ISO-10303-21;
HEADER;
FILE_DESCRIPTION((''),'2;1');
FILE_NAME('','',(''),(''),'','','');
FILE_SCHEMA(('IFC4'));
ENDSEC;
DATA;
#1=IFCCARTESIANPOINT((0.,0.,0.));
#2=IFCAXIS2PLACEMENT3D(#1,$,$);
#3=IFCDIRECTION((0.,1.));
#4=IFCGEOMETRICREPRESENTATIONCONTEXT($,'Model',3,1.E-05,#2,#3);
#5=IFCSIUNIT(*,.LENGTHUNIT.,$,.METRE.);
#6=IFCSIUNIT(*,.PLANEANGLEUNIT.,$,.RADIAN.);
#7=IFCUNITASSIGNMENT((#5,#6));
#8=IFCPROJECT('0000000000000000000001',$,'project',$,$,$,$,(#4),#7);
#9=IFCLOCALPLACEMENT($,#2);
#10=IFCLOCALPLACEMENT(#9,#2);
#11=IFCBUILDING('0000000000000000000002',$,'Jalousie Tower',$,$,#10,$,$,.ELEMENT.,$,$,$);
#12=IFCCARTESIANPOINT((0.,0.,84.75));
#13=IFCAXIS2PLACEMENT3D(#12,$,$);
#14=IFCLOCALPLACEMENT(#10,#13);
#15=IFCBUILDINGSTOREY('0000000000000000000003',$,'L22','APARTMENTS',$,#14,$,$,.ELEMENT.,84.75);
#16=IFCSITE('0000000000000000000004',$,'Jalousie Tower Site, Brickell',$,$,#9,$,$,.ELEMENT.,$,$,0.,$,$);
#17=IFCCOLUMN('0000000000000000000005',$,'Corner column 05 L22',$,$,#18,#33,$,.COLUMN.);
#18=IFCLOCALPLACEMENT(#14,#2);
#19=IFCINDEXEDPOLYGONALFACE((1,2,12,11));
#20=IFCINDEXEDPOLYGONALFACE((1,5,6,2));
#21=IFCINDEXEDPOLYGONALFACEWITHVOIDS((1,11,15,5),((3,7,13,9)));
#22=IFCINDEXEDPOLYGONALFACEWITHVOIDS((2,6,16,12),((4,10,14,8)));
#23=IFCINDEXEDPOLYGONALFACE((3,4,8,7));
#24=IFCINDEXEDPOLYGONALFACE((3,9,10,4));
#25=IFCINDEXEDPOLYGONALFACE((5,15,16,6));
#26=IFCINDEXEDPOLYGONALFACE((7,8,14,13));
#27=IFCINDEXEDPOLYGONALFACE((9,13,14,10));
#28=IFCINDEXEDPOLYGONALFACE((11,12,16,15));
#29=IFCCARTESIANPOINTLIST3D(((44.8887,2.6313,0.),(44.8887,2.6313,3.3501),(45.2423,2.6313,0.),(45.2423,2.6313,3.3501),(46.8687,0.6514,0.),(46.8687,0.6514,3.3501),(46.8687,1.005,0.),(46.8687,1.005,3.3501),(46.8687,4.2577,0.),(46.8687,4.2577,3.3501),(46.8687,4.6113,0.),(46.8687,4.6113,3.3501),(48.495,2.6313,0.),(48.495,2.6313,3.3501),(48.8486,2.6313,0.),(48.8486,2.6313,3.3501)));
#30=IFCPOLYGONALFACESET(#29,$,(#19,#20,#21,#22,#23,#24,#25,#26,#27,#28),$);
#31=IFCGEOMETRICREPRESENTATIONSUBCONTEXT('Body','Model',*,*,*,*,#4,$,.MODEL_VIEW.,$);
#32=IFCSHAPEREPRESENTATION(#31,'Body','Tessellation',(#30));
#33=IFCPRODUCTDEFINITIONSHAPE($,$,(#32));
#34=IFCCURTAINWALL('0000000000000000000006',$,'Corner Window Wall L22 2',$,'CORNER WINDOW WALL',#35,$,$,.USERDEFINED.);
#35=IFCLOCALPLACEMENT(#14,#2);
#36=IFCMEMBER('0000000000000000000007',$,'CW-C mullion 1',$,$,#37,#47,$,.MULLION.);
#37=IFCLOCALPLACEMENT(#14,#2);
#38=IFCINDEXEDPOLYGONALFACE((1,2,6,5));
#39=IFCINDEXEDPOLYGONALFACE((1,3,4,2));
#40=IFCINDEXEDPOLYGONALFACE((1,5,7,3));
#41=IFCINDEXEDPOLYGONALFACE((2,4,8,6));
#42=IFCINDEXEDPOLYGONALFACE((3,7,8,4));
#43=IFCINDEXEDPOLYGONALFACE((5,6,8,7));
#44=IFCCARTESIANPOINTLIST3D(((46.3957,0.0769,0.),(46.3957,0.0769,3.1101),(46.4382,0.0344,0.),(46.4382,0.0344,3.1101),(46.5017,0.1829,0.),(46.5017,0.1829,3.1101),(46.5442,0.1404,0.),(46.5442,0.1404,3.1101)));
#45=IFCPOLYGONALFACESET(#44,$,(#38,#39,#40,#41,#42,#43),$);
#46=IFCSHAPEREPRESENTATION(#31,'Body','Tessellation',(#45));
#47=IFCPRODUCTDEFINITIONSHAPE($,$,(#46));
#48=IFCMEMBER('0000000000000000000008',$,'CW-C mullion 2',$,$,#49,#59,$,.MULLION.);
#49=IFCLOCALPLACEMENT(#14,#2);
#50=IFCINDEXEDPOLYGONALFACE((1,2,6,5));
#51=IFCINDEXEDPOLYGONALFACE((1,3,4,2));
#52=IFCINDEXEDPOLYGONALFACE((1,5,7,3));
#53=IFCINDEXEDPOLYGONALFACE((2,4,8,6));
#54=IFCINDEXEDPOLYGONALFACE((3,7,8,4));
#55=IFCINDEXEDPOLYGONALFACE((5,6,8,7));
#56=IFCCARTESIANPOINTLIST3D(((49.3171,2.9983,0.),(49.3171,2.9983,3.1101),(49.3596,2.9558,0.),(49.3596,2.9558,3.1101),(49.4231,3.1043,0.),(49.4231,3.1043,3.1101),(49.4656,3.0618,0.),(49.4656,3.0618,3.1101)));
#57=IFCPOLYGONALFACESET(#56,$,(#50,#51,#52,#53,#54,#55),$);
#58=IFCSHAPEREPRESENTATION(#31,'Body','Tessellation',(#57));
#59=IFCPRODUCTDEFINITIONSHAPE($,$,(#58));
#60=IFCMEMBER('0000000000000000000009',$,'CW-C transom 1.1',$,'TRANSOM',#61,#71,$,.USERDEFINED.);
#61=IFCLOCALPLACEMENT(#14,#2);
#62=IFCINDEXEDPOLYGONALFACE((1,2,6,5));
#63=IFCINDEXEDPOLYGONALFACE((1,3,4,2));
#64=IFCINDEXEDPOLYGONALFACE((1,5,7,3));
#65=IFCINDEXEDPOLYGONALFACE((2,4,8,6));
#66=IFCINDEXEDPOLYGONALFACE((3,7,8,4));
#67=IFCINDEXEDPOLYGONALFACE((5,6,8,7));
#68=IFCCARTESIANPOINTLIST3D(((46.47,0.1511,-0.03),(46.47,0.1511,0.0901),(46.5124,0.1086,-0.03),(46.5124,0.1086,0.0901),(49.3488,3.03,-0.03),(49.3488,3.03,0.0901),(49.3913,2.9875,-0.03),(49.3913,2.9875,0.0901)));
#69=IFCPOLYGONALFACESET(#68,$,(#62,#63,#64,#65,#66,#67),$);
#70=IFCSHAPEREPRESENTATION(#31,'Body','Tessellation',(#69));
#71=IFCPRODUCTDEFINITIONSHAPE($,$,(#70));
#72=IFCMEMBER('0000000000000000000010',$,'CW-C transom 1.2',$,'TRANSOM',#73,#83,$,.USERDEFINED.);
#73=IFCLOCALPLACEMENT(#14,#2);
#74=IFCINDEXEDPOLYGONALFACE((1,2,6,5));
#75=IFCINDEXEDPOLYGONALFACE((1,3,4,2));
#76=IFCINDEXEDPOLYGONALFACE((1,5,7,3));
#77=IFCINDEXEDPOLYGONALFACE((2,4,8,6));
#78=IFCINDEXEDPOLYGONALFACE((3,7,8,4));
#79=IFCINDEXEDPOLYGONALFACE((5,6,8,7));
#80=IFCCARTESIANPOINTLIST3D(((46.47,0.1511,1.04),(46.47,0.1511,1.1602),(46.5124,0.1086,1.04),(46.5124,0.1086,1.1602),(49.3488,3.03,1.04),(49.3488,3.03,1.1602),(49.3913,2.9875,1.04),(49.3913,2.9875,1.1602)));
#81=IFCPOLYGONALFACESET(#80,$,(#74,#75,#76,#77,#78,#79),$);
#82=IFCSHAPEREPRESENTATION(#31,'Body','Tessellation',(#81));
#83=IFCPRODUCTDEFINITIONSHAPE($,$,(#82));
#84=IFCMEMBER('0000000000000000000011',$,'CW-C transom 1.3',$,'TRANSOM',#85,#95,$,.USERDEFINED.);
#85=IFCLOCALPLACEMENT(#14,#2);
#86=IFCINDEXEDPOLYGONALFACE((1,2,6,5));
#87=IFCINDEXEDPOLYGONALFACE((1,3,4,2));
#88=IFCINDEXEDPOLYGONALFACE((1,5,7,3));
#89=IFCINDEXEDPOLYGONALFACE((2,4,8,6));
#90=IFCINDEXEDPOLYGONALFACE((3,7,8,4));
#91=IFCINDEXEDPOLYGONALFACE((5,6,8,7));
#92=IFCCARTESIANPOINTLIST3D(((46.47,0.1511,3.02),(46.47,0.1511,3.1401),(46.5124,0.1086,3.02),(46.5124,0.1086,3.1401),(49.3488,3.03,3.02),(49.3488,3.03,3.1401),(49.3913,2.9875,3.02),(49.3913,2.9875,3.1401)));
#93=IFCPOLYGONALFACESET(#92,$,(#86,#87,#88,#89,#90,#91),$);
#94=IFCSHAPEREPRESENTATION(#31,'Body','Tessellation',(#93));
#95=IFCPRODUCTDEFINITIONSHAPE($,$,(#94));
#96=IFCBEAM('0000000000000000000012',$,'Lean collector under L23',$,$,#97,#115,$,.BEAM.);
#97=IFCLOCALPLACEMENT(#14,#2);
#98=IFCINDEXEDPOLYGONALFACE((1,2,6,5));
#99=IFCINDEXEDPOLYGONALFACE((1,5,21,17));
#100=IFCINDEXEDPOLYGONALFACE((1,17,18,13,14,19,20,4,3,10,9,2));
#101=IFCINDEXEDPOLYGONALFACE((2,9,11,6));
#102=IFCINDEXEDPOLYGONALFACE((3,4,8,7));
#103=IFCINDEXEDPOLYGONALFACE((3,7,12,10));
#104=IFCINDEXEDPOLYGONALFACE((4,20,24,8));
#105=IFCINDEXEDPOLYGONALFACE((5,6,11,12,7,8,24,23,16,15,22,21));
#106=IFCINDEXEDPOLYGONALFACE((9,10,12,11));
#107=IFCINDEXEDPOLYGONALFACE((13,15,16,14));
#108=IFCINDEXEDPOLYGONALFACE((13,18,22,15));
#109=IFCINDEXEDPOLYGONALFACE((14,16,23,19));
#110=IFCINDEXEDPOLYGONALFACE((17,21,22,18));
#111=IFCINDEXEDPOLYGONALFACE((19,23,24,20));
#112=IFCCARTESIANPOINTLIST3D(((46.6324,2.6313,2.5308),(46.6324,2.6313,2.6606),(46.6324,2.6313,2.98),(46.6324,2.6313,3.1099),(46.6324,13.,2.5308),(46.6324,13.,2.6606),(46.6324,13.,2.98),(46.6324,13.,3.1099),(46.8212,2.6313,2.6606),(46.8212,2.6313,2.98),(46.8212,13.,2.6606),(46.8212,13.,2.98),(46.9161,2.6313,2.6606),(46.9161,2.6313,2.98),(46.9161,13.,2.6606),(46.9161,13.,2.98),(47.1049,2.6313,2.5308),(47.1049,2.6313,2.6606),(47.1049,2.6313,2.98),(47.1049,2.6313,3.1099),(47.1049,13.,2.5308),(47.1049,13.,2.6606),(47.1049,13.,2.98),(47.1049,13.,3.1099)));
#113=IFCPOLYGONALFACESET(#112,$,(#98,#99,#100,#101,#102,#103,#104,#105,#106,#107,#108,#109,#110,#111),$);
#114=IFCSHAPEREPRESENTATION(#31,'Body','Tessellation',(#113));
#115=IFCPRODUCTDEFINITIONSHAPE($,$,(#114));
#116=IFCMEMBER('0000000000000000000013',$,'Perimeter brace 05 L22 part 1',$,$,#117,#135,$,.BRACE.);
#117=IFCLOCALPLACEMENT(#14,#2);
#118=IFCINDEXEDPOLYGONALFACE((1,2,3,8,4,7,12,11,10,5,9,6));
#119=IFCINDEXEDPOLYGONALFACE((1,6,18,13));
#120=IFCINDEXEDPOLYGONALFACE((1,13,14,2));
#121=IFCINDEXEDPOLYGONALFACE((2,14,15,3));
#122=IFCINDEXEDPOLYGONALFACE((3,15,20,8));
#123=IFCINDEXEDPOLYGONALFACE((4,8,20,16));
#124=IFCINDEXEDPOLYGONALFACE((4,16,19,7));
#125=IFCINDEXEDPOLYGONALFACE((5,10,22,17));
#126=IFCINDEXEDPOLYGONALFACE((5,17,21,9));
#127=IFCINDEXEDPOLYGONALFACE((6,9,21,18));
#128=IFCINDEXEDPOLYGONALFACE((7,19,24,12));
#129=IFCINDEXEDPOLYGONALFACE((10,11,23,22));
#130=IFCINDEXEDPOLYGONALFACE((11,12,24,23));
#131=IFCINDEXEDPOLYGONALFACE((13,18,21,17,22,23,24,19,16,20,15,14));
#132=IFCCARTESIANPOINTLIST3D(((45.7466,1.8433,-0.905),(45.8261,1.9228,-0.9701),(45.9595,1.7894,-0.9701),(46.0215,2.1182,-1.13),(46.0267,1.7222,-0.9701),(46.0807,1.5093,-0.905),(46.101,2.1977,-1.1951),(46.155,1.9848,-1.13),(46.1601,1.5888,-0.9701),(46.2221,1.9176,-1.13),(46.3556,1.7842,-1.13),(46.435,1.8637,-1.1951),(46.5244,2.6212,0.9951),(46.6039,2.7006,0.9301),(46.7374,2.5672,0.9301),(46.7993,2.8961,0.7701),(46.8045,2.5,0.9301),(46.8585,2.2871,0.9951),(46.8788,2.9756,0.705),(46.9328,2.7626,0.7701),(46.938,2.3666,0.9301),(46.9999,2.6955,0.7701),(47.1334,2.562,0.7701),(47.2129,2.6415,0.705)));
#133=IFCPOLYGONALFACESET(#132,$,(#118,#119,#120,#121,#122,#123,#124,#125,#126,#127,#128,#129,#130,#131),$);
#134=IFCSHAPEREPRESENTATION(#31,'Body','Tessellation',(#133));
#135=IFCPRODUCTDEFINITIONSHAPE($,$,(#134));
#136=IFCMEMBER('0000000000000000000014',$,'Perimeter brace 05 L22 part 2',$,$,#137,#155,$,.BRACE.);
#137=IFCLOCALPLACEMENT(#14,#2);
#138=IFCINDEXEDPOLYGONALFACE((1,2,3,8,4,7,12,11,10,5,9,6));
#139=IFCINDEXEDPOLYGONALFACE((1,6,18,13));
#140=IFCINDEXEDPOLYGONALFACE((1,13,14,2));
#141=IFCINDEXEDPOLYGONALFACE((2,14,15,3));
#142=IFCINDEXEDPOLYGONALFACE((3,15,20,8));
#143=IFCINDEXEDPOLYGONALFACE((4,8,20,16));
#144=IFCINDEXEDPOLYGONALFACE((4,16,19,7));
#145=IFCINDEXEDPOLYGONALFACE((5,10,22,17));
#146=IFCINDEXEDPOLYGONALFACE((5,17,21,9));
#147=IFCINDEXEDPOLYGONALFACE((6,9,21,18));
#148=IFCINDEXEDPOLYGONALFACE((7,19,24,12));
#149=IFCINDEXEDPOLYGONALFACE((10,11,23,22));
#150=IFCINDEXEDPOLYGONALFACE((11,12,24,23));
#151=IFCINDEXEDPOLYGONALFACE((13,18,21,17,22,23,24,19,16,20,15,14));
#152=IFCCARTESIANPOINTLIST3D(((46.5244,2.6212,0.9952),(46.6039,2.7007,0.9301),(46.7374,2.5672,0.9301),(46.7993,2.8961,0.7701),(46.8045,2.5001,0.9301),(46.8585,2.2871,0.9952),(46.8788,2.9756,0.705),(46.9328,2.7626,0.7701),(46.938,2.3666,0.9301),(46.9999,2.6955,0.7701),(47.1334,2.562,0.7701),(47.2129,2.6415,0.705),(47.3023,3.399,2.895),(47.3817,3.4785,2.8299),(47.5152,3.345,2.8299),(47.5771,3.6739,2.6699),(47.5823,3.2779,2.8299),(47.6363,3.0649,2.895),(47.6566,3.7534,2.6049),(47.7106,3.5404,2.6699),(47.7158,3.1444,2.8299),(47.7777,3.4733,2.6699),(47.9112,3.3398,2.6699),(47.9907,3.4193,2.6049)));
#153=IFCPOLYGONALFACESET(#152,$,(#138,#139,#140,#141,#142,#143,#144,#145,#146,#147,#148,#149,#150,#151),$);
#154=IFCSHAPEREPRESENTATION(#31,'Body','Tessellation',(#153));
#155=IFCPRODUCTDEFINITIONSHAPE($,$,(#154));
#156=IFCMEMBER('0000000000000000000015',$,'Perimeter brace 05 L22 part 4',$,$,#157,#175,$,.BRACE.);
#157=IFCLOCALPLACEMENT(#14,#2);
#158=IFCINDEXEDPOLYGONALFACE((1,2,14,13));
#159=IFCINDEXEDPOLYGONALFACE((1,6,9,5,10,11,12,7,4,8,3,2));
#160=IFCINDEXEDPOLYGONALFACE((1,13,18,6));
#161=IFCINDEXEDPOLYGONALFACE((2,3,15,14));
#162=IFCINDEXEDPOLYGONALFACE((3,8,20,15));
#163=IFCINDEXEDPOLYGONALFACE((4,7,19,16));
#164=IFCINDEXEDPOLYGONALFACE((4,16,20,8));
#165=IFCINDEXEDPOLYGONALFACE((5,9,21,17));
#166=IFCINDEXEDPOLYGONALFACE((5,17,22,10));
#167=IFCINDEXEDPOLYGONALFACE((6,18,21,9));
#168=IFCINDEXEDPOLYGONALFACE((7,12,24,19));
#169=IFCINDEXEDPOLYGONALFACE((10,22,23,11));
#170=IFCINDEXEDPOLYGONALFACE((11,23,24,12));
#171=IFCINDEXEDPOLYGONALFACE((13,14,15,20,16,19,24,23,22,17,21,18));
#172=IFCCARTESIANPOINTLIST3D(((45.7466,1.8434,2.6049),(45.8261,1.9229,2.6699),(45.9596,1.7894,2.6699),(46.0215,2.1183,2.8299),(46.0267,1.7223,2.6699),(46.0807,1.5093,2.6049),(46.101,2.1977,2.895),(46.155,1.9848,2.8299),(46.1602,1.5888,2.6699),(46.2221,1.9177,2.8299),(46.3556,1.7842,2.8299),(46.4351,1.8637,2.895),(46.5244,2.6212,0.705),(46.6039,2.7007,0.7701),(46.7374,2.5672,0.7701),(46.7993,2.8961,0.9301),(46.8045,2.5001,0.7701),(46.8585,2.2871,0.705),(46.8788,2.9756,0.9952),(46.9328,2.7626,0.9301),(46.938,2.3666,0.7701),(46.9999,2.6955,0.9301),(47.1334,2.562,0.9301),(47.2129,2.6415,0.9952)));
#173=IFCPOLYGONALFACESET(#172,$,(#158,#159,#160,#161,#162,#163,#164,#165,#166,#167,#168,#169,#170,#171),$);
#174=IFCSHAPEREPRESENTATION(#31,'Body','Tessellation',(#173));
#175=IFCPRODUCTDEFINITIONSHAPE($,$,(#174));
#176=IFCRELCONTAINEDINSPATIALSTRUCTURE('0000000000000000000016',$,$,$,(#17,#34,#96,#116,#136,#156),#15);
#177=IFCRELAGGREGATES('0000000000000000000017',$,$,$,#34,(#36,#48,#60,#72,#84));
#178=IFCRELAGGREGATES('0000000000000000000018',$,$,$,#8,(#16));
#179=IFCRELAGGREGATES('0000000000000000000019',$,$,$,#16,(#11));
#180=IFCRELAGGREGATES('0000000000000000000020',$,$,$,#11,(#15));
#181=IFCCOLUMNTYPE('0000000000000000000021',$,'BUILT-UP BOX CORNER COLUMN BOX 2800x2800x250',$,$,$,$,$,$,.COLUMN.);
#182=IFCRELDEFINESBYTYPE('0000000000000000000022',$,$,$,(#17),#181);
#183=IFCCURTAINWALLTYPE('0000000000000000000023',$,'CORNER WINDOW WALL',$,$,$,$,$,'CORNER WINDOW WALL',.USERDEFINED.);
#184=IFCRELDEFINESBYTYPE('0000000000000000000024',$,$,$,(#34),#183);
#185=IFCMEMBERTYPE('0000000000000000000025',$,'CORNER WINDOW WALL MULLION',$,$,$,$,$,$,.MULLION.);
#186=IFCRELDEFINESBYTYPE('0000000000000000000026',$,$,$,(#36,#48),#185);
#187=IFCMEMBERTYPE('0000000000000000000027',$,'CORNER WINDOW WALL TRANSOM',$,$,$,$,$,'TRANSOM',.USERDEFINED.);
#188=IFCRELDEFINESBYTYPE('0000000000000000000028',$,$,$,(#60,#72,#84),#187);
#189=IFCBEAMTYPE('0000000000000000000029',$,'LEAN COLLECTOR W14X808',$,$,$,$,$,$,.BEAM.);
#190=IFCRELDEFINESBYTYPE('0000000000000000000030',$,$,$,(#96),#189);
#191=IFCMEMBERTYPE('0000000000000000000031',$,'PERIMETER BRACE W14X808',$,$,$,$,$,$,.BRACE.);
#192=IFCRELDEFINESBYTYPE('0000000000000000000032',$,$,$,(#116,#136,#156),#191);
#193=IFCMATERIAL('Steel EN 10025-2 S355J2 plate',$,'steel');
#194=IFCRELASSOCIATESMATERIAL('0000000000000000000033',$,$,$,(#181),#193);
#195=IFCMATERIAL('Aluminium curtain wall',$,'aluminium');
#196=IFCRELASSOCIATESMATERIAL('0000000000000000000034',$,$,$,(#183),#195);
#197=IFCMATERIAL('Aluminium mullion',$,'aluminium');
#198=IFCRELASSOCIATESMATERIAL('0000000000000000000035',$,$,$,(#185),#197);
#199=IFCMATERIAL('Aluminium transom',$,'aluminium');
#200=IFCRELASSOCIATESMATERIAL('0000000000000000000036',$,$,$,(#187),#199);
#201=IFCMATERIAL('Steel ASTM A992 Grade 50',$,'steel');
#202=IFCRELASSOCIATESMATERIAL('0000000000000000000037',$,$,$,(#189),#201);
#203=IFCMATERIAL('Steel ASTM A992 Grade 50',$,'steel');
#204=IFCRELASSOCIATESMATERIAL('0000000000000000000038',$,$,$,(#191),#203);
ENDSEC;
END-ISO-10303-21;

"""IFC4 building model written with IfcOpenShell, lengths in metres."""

from ifc_helpers import new_model, si_unit, direction, frame, origin, origin_2d, place, context, subcontext, project, spatial, rectangle, hollow_rectangle, i_section, extrude, material, material_profile, profile_set, type_object, element, aggregate, save


model = new_model("IFC4")

# Units and contexts
model_context = context("Model", 3, precision=1e-05, world=origin(), true_north=direction((0.0, 1.0)))
body_context = subcontext(model_context, "Body", "Model", "MODEL_VIEW")
ifc_project = project(units=[si_unit("LENGTHUNIT", "METRE"), si_unit("PLANEANGLEUNIT", "RADIAN")], contexts=[model_context])

# Site, building, storey
site_placement = place(None, origin())
site = spatial("IfcSite", under=ifc_project, at=site_placement, Name="Jalousie Tower Site, Brickell", CompositionType="ELEMENT", RefElevation=0.0)
building_placement = place(site_placement, origin())
building = spatial("IfcBuilding", under=site, at=building_placement, Name="Jalousie Tower", CompositionType="ELEMENT")
storey_placement = place(building_placement, frame((0.0, 0.0, 84.75)))
storey = spatial("IfcBuildingStorey", under=building, at=storey_placement, Name="L22", Description="APARTMENTS", CompositionType="ELEMENT", Elevation=84.75)

# Column
ifc_material_1 = material(Name="Steel EN 10025-2 S355J2 plate", Category="steel")
ifc_material_profile_1 = material_profile(ifc_material_1, hollow_rectangle(XDim=2.8, YDim=2.8, WallThickness=0.25, at=origin_2d()), Name="BOX 2800x2800x250")
ifc_profile_set_1 = profile_set([ifc_material_profile_1], Name="Steel EN 10025-2 S355J2 plate")
column_type = type_object("IfcColumnType", Name="BUILT-UP BOX CORNER COLUMN BOX 2800x2800x250", PredefinedType="COLUMN", material=ifc_profile_set_1)
column_placement = place(storey_placement, frame((46.8687, 2.6313, 0.0), z_axis=(0.0, 0.0, 1.0), x_axis=(-0.707107, 0.707107, 0.0)))
element("IfcColumn", 1, at=column_placement, inside=storey, type_object=column_type, Name="Corner column 05 L22", PredefinedType="COLUMN", context=body_context, shape_type="SweptSolid", body=[
    extrude(hollow_rectangle(XDim=2.8, YDim=2.8, WallThickness=0.25, at=origin_2d()), origin(), (0.0, 0.0, 1.0), 3.3501),
])

# Curtain wall, members
ifc_material_2 = material(Name="Aluminium curtain wall", Category="aluminium")
curtain_wall_type_1 = type_object("IfcCurtainWallType", Name="CORNER WINDOW WALL", ElementType="CORNER WINDOW WALL", PredefinedType="USERDEFINED", material=ifc_material_2)
curtain_wall_1_placement = place(storey_placement, origin())
curtain_wall_1 = element("IfcCurtainWall", 2, at=curtain_wall_1_placement, inside=storey, type_object=curtain_wall_type_1, Name="Corner Window Wall L22 2", ObjectType="CORNER WINDOW WALL", PredefinedType="USERDEFINED")
ifc_material_3 = material(Name="Aluminium mullion", Category="aluminium")
ifc_material_profile_2 = material_profile(ifc_material_3, rectangle(XDim=0.0601, YDim=0.1499, at=origin_2d()), Name="MULLION 60x150")
ifc_profile_set_2 = profile_set([ifc_material_profile_2], Name="Aluminium mullion")
member_type_1 = type_object("IfcMemberType", Name="CORNER WINDOW WALL MULLION", PredefinedType="MULLION", material=ifc_profile_set_2)
member_1_placement = place(storey_placement, frame((46.47, 0.1086, 0.0), z_axis=(0.0, 0.0, 1.0), x_axis=(-0.707107, 0.707107, 0.0)))
member_1 = element("IfcMember", 3, at=member_1_placement, type_object=member_type_1, Name="CW-C mullion 1", PredefinedType="MULLION", context=body_context, shape_type="SweptSolid", body=[
    extrude(rectangle(XDim=0.0601, YDim=0.1499, at=origin_2d()), origin(), (0.0, 0.0, 1.0), 3.1101),
])
member_2_placement = place(storey_placement, frame((49.3914, 3.03, 0.0), z_axis=(0.0, 0.0, 1.0), x_axis=(-0.707107, 0.707107, 0.0)))
member_2 = element("IfcMember", 4, at=member_2_placement, type_object=member_type_1, Name="CW-C mullion 2", PredefinedType="MULLION", context=body_context, shape_type="SweptSolid", body=[
    extrude(rectangle(XDim=0.0601, YDim=0.1499, at=origin_2d()), origin(), (0.0, 0.0, 1.0), 3.1101),
])
ifc_material_4 = material(Name="Aluminium transom", Category="aluminium")
ifc_material_profile_3 = material_profile(ifc_material_4, rectangle(XDim=0.0601, YDim=0.1201, at=origin_2d()), Name="TRANSOM 60x120")
ifc_profile_set_3 = profile_set([ifc_material_profile_3], Name="Aluminium transom")
member_type_2 = type_object("IfcMemberType", Name="CORNER WINDOW WALL TRANSOM", ElementType="TRANSOM", PredefinedType="USERDEFINED", material=ifc_profile_set_3)
member_3_placement = place(storey_placement, frame((46.4912, 0.1299, 0.03), z_axis=(0.707107, 0.707107, 0.0), x_axis=(-0.707107, 0.707107, 0.0)))
member_3 = element("IfcMember", 5, at=member_3_placement, type_object=member_type_2, Name="CW-C transom 1.1", ObjectType="TRANSOM", PredefinedType="USERDEFINED", context=body_context, shape_type="SweptSolid", body=[
    extrude(rectangle(XDim=0.0601, YDim=0.1201, at=origin_2d()), origin(), (0.0, 0.0, 1.0), 4.0713),
])
member_4_placement = place(storey_placement, frame((46.4912, 0.1299, 1.1001), z_axis=(0.707107, 0.707107, 0.0), x_axis=(-0.707107, 0.707107, 0.0)))
member_4 = element("IfcMember", 6, at=member_4_placement, type_object=member_type_2, Name="CW-C transom 1.2", ObjectType="TRANSOM", PredefinedType="USERDEFINED", context=body_context, shape_type="SweptSolid", body=[
    extrude(rectangle(XDim=0.0601, YDim=0.1201, at=origin_2d()), origin(), (0.0, 0.0, 1.0), 4.0713),
])
member_5_placement = place(storey_placement, frame((46.4912, 0.1299, 3.0801), z_axis=(0.707107, 0.707107, 0.0), x_axis=(-0.707107, 0.707107, 0.0)))
member_5 = element("IfcMember", 7, at=member_5_placement, type_object=member_type_2, Name="CW-C transom 1.3", ObjectType="TRANSOM", PredefinedType="USERDEFINED", context=body_context, shape_type="SweptSolid", body=[
    extrude(rectangle(XDim=0.0601, YDim=0.1201, at=origin_2d()), origin(), (0.0, 0.0, 1.0), 4.0713),
])

# Beam
ifc_material_5 = material(Name="Steel ASTM A992 Grade 50", Category="steel")
ifc_material_profile_4 = material_profile(ifc_material_5, i_section(OverallWidth=0.4724, OverallDepth=0.5791, WebThickness=0.095, FlangeThickness=0.1299, at=origin_2d()), Name="W14X808")
ifc_profile_set_4 = profile_set([ifc_material_profile_4], Name="Steel ASTM A992 Grade 50")
beam_type_1 = type_object("IfcBeamType", Name="LEAN COLLECTOR W14X808", PredefinedType="BEAM", material=ifc_profile_set_4)
beam_1_placement = place(storey_placement, frame((46.8687, 2.6313, 2.8203), z_axis=(0.0, 1.0, 0.0), x_axis=(-1.0, 0.0, 0.0)))
element("IfcBeam", 8, at=beam_1_placement, inside=storey, type_object=beam_type_1, Name="Lean collector under L23", PredefinedType="BEAM", context=body_context, shape_type="SweptSolid", body=[
    extrude(i_section(OverallWidth=0.4724, OverallDepth=0.5791, WebThickness=0.095, FlangeThickness=0.1299, at=origin_2d()), origin(), (0.0, 0.0, 1.0), 10.3687),
])

# Members
ifc_material_6 = material(Name="Steel ASTM A992 Grade 50", Category="steel")
ifc_material_profile_5 = material_profile(ifc_material_6, i_section(OverallWidth=0.4724, OverallDepth=0.5791, WebThickness=0.095, FlangeThickness=0.1299, at=origin_2d()), Name="W14X808")
ifc_profile_set_5 = profile_set([ifc_material_profile_5], Name="Steel ASTM A992 Grade 50")
member_type_3 = type_object("IfcMemberType", Name="PERIMETER BRACE W14X808", PredefinedType="BRACE", material=ifc_profile_set_5)
member_6_placement = place(storey_placement, frame((46.0908, 1.8535, -1.05), z_axis=(0.354271, 0.354271, 0.865439), x_axis=(-0.707107, 0.707107, 0.0)))
element("IfcMember", 9, at=member_6_placement, inside=storey, type_object=member_type_3, Name="Perimeter brace 05 L22 part 1", PredefinedType="BRACE", context=body_context, shape_type="SweptSolid", body=[
    extrude(i_section(OverallWidth=0.4724, OverallDepth=0.5791, WebThickness=0.095, FlangeThickness=0.1299, at=origin_2d()), origin(), (0.0, 0.0, 1.0), 2.1956),
])
for number, where, z_axis, x_axis, name in (
    (10, (46.8687, 2.6313, 0.8501), (0.354305, 0.354305, 0.865411), (-0.707107, 0.707107, 0.0), "Perimeter brace 05 L22 part 2"),
    (11, (46.8687, 2.6313, 0.8501), (-0.354305, -0.354305, 0.865411), (0.707107, -0.707107, 0.0), "Perimeter brace 05 L22 part 4"),
):
    element("IfcMember", number, at=place(storey_placement, frame(where, z_axis=z_axis, x_axis=x_axis)), inside=storey, type_object=member_type_3, Name=name, PredefinedType="BRACE", context=body_context, shape_type="SweptSolid", body=[
        extrude(i_section(OverallWidth=0.4724, OverallDepth=0.5791, WebThickness=0.095, FlangeThickness=0.1299, at=origin_2d()), origin(), (0.0, 0.0, 1.0), 2.1953),
    ])

aggregate(curtain_wall_1, [member_1, member_2, member_3, member_4, member_5])

save(model, "model.ifc")
